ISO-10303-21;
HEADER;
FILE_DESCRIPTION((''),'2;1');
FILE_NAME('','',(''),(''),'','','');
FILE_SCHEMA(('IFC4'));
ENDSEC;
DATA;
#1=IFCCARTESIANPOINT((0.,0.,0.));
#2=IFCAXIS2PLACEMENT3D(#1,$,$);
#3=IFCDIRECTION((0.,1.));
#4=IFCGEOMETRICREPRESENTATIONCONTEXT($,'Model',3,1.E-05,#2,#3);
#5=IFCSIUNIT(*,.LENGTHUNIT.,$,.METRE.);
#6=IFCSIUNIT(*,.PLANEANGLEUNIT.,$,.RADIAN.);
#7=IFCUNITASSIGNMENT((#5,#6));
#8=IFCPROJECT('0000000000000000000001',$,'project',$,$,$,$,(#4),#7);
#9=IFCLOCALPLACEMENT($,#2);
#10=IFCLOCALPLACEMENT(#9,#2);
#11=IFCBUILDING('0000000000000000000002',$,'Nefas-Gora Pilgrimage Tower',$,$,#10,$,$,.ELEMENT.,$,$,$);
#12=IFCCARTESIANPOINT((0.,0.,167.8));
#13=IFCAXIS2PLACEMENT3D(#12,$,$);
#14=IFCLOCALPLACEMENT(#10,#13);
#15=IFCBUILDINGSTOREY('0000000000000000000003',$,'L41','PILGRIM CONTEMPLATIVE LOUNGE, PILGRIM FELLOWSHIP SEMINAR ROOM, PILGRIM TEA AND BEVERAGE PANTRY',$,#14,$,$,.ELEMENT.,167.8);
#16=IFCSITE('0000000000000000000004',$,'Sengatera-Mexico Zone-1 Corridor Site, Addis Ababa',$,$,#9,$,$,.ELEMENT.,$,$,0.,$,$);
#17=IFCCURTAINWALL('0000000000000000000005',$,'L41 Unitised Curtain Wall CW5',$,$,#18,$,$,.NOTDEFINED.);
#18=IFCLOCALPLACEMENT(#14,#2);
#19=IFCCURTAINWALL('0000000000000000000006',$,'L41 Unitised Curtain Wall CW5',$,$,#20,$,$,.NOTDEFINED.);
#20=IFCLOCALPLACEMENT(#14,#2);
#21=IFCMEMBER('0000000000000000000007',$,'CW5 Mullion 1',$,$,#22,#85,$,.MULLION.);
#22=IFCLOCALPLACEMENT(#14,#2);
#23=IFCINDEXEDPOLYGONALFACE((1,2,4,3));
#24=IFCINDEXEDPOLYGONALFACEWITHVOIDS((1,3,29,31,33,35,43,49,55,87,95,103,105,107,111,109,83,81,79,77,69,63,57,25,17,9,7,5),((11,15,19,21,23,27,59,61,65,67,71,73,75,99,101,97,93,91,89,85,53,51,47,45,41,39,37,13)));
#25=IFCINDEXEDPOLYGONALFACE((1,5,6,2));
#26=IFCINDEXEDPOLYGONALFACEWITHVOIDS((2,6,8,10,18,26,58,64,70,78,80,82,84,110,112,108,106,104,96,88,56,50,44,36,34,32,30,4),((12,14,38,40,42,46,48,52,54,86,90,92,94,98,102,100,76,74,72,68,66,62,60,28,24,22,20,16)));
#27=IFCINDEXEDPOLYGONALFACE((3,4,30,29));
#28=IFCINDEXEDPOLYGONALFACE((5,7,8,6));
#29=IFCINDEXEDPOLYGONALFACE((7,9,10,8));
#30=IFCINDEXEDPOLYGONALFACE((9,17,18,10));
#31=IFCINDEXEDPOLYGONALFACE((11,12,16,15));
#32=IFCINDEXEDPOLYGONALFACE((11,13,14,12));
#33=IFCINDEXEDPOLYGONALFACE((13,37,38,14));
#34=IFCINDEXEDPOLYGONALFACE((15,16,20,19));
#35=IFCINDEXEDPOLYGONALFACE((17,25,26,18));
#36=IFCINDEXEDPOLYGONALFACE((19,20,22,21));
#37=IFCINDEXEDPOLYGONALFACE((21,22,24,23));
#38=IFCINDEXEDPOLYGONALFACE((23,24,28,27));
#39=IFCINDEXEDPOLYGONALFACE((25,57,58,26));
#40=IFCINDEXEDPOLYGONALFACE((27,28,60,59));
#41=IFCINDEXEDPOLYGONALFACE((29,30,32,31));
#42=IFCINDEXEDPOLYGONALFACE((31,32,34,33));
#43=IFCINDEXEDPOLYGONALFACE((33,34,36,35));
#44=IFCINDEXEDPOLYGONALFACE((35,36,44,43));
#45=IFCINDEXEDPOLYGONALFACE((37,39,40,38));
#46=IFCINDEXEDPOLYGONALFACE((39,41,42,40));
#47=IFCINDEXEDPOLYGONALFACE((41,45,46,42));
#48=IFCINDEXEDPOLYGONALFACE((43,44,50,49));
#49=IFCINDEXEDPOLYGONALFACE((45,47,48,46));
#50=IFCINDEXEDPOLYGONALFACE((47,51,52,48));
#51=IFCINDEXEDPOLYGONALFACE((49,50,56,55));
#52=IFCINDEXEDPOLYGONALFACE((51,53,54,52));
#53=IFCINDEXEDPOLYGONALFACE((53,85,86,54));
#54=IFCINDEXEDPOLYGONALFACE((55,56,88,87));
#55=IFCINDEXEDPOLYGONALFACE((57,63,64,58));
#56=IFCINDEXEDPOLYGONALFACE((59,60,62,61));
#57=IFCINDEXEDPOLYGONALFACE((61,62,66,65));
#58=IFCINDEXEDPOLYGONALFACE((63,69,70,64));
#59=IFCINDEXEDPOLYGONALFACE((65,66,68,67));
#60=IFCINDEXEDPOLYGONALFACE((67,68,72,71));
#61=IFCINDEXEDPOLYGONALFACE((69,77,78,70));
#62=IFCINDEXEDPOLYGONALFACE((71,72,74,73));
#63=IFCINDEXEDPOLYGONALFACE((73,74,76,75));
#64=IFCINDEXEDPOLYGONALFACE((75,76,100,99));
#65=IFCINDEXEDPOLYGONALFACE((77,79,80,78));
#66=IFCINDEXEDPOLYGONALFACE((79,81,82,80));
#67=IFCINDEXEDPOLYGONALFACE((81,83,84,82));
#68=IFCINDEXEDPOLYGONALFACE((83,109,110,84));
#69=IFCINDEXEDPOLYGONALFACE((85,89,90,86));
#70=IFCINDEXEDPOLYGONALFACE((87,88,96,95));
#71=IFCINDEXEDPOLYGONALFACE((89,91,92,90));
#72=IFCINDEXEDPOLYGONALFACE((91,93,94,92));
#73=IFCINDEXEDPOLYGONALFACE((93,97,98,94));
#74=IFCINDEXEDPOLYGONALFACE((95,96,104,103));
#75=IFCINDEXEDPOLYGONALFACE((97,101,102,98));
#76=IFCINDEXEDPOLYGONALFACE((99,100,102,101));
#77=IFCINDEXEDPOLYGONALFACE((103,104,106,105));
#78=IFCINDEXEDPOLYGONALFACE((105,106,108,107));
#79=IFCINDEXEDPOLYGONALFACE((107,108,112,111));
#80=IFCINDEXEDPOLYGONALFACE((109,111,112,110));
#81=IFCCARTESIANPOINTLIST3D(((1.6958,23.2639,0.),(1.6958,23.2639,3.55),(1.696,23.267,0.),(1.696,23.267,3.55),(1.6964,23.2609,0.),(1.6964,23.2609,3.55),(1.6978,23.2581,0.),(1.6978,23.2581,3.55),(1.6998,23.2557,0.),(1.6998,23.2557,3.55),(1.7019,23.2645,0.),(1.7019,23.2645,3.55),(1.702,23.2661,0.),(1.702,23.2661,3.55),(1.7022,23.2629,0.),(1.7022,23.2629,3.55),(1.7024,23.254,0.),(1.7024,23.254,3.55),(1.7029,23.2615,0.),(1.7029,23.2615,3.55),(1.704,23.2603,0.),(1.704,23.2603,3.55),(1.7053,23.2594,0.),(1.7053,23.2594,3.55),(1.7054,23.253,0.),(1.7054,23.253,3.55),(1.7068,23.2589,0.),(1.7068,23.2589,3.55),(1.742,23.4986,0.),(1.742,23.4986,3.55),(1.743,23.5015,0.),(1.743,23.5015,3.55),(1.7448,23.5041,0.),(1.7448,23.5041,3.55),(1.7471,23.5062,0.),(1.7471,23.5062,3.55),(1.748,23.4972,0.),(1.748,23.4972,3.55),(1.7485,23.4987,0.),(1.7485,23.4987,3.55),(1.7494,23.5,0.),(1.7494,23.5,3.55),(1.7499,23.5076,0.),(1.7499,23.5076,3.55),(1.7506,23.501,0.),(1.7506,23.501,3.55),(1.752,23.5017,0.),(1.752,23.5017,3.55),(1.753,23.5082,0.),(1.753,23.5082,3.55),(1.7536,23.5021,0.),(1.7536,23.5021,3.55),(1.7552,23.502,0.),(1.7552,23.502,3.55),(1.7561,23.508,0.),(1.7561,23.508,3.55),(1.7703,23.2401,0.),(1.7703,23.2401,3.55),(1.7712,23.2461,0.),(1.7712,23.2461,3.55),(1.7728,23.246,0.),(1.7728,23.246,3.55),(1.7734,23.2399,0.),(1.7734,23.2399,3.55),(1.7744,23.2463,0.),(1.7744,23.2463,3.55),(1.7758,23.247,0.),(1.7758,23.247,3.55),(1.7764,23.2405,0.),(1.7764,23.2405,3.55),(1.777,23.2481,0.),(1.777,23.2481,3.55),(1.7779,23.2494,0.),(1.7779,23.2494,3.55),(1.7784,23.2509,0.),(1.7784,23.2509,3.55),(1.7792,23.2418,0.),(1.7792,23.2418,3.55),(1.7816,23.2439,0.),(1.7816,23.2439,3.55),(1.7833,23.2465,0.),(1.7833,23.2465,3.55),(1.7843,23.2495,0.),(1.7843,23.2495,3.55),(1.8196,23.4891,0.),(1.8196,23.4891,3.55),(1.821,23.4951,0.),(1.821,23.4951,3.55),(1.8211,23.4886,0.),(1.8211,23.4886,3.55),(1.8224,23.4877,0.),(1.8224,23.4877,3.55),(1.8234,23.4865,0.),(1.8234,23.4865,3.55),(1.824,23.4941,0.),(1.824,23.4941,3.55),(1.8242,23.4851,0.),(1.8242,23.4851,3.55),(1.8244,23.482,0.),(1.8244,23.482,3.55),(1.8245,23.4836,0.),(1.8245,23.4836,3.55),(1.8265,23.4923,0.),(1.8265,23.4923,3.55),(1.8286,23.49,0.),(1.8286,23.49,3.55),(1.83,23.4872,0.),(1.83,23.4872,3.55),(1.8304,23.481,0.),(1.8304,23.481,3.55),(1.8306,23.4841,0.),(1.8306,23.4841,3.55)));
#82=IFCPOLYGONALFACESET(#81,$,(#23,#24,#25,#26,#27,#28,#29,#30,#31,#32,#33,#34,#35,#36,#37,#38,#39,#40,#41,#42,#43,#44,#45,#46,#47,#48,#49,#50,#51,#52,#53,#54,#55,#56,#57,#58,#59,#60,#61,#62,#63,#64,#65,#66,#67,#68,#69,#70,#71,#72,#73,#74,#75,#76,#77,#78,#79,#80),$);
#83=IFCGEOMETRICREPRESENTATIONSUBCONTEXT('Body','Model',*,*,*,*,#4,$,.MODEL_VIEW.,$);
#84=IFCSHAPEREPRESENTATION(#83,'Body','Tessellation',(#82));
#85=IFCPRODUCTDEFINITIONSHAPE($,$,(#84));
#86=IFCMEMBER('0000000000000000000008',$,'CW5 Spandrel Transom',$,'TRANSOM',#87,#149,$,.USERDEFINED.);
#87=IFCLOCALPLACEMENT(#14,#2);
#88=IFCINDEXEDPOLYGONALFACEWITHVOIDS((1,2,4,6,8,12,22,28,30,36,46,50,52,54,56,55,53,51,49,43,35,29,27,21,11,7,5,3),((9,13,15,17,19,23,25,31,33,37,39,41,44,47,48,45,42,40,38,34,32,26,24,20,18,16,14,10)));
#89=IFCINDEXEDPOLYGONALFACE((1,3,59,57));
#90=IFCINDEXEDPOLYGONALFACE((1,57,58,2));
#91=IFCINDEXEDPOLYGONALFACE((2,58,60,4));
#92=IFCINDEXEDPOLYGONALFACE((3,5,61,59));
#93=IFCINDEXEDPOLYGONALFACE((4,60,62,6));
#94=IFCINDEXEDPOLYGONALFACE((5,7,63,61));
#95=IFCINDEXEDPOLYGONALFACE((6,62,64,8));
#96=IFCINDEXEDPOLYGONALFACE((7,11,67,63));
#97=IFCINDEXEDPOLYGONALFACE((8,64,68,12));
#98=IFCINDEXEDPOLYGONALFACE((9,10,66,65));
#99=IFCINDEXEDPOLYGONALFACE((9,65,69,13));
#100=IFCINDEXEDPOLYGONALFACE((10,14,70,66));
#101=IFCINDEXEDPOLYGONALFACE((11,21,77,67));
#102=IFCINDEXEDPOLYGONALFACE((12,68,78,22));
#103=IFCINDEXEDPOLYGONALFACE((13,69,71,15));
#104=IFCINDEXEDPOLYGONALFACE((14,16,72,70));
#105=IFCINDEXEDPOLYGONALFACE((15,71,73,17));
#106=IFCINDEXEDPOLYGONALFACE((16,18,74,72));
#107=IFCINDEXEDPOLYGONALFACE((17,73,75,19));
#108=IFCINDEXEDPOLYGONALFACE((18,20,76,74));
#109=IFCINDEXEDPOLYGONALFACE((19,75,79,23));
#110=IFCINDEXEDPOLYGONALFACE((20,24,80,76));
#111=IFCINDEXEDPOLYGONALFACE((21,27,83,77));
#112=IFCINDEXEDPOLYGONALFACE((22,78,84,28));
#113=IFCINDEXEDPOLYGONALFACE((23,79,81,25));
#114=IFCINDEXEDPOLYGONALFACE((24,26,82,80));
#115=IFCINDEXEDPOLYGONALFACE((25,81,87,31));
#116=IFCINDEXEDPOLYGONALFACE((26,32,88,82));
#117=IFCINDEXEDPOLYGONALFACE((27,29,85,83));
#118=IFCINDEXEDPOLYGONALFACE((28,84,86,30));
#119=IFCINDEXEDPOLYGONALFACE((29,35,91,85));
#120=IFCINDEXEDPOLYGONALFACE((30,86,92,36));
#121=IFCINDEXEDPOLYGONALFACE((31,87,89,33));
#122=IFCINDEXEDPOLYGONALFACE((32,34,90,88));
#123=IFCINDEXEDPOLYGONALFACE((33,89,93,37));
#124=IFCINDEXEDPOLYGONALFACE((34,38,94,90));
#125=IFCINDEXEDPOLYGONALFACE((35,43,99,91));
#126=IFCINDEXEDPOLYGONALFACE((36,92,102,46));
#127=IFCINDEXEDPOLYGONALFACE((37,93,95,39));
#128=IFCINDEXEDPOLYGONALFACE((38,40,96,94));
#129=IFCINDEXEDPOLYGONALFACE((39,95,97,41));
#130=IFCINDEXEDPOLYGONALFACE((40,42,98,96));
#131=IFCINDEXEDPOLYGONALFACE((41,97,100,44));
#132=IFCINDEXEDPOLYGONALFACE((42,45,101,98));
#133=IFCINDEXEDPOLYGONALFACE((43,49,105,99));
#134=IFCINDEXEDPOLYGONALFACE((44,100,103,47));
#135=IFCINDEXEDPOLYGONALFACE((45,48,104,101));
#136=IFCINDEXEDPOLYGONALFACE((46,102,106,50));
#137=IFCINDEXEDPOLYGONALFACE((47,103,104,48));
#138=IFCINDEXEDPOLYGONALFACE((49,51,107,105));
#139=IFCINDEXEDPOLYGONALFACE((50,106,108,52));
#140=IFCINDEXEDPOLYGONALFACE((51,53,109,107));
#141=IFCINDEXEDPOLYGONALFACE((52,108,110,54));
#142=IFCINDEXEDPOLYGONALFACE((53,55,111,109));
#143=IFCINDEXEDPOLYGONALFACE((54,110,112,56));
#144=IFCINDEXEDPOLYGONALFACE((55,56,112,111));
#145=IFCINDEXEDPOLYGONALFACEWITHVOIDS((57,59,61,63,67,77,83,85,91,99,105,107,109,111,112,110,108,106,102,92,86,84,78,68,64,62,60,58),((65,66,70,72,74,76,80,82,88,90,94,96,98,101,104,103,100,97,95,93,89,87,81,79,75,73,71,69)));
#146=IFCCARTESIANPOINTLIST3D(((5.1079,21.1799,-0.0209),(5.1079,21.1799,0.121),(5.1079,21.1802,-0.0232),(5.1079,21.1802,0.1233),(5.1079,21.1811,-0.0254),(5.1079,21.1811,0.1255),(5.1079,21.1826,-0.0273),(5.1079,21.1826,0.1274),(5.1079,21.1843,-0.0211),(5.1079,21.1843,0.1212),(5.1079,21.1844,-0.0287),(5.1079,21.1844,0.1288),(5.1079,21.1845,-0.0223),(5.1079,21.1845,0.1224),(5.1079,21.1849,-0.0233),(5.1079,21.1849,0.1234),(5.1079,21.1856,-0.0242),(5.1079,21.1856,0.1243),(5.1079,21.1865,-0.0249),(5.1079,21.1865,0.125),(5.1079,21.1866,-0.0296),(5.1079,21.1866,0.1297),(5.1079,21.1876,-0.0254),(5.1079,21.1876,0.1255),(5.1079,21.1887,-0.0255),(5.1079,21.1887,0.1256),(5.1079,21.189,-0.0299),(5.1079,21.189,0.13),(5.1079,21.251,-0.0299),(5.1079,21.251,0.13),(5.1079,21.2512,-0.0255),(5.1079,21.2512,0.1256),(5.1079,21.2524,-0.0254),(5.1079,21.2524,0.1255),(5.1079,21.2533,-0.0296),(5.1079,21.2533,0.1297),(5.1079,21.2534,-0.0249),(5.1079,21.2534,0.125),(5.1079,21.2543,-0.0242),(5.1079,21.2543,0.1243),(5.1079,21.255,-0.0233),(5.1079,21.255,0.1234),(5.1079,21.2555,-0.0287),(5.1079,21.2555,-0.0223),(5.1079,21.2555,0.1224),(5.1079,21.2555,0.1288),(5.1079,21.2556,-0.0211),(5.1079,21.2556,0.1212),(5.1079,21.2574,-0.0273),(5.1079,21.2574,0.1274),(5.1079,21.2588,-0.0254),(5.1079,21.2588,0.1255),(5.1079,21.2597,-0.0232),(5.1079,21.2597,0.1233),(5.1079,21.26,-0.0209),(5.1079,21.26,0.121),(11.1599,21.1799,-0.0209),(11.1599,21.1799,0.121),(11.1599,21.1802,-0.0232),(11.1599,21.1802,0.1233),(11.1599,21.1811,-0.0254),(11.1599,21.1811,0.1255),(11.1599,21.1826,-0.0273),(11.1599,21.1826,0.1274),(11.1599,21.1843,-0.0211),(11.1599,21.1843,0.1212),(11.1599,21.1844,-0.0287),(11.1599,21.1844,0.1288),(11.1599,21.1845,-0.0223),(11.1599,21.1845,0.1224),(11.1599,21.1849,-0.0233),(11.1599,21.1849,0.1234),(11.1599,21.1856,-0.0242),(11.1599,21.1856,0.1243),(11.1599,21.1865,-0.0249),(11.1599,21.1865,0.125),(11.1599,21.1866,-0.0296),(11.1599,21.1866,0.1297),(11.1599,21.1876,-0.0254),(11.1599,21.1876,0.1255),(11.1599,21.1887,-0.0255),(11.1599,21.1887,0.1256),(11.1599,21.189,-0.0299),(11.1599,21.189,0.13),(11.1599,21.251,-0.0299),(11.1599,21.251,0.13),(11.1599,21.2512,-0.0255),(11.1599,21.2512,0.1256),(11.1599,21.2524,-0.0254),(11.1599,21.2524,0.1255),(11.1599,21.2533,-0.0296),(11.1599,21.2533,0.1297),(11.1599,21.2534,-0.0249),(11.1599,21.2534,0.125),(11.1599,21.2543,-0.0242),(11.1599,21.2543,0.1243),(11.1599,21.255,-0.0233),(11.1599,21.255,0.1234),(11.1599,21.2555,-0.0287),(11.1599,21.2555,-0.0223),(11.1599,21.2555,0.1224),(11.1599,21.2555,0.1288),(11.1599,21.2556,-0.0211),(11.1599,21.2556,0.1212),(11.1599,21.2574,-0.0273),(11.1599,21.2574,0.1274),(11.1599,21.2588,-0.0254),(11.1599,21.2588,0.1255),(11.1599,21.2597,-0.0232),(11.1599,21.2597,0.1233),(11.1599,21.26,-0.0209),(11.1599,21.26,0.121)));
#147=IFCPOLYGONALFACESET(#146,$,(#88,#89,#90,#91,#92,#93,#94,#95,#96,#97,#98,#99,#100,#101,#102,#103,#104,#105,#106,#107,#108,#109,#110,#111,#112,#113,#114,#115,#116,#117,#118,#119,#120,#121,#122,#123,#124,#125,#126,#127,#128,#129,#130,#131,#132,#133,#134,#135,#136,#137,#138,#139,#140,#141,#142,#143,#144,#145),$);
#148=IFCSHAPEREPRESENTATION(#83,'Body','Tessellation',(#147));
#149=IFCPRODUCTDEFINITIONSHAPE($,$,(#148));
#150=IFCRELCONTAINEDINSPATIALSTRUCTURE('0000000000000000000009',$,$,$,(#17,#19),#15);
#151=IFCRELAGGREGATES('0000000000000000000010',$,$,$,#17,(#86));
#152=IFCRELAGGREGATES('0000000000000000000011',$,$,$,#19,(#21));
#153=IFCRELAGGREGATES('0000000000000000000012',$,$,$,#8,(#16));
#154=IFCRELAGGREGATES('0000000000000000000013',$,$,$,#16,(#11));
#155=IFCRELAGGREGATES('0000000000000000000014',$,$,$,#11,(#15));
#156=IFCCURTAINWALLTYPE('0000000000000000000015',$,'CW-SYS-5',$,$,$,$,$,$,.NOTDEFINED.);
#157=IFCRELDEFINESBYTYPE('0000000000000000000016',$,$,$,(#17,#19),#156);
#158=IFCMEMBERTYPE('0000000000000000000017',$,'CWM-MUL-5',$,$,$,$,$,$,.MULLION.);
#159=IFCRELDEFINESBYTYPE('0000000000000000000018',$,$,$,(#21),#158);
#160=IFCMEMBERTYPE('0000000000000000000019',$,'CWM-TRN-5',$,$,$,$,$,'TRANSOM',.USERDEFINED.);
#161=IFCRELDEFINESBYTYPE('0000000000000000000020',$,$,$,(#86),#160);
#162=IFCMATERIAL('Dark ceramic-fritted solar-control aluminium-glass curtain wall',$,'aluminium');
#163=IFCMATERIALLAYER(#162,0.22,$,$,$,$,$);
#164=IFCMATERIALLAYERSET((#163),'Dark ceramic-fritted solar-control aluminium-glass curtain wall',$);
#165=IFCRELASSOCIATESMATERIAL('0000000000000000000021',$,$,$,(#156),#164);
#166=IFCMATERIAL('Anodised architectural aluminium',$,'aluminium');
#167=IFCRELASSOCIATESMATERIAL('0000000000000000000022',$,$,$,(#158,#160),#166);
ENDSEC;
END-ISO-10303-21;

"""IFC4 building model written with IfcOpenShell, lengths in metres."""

from ifc_helpers import new_model, si_unit, direction, frame, origin, origin_2d, place, context, subcontext, project, spatial, hollow_rectangle, extrude, source, transform, mapped, material, layer, layer_set, material_profile, profile_set, type_object, element, aggregate, save


model = new_model("IFC4")

# Units and contexts
model_context = context("Model", 3, precision=1e-05, world=origin(), true_north=direction((0.0, 1.0)))
body_context = subcontext(model_context, "Body", "Model", "MODEL_VIEW")
ifc_project = project(units=[si_unit("LENGTHUNIT", "METRE"), si_unit("PLANEANGLEUNIT", "RADIAN")], contexts=[model_context])

# Site, building, storey
site_placement = place(None, origin())
site = spatial("IfcSite", under=ifc_project, at=site_placement, Name="Sengatera-Mexico Zone-1 Corridor Site, Addis Ababa", CompositionType="ELEMENT", RefElevation=0.0)
building_placement = place(site_placement, origin())
building = spatial("IfcBuilding", under=site, at=building_placement, Name="Nefas-Gora Pilgrimage Tower", CompositionType="ELEMENT")
storey_placement = place(building_placement, frame((0.0, 0.0, 167.8)))
storey = spatial("IfcBuildingStorey", under=building, at=storey_placement, Name="L41", Description="PILGRIM CONTEMPLATIVE LOUNGE, PILGRIM FELLOWSHIP SEMINAR ROOM, PILGRIM TEA AND BEVERAGE PANTRY", CompositionType="ELEMENT", Elevation=167.8)

# Curtain wall
ifc_material_1 = material(Name="Dark ceramic-fritted solar-control aluminium-glass curtain wall", Category="aluminium")
ifc_layer_1 = layer(ifc_material_1, 0.22)
ifc_layer_set_1 = layer_set([ifc_layer_1], Name="Dark ceramic-fritted solar-control aluminium-glass curtain wall")
curtain_wall_type = type_object("IfcCurtainWallType", Name="CW-SYS-5", PredefinedType="NOTDEFINED", material=ifc_layer_set_1)
curtain_wall_1_placement = place(storey_placement, origin())
curtain_wall_1 = element("IfcCurtainWall", 1, at=curtain_wall_1_placement, inside=storey, type_object=curtain_wall_type, Name="L41 Unitised Curtain Wall CW5", PredefinedType="NOTDEFINED")
ifc_material_2 = material(Name="Anodised architectural aluminium", Category="aluminium")
ifc_material_profile_1 = material_profile(ifc_material_2, hollow_rectangle(XDim=0.0901, YDim=0.26, WallThickness=0.0061, InnerFilletRadius=0.0061, OuterFilletRadius=0.012, at=origin_2d()), Name="ALU MULLION 90x260")
ifc_profile_set_1 = profile_set([ifc_material_profile_1], Name="Anodised architectural aluminium")
member_type_1 = type_object("IfcMemberType", Name="CWM-MUL-5", PredefinedType="MULLION", material=ifc_profile_set_1)
shared_shape_1 = source(origin(), body_context, "Body", "SweptSolid", [
    extrude(hollow_rectangle(XDim=0.0901, YDim=0.26, WallThickness=0.0061, InnerFilletRadius=0.0061, OuterFilletRadius=0.012, at=origin_2d()), origin(), (0.0, 0.0, 1.0), 3.55),
])

# Curtain wall, member
curtain_wall_2_placement = place(storey_placement, origin())
curtain_wall_2 = element("IfcCurtainWall", 2, at=curtain_wall_2_placement, inside=storey, type_object=curtain_wall_type, Name="L41 Unitised Curtain Wall CW5", PredefinedType="NOTDEFINED")
member_1_placement = place(storey_placement, frame((1.7632, 23.374, 0.0), z_axis=(0.0, 0.0, 1.0), x_axis=(-0.980783, 0.195102, 0.0)))
member_1 = element("IfcMember", 3, at=member_1_placement, type_object=member_type_1, Name="CW5 Mullion 1", PredefinedType="MULLION", context=body_context, shape_type="MappedRepresentation", body=[
    mapped(shared_shape_1, transform((0.0, 0.0, 0.0), x_axis=(1.0, 0.0, 0.0), y_axis=(0.0, 1.0, 0.0), z_axis=(0.0, 0.0, 1.0), scale=1.0)),
])

# Member
ifc_material_profile_2 = material_profile(ifc_material_2, hollow_rectangle(XDim=0.0801, YDim=0.1599, WallThickness=0.0044, InnerFilletRadius=0.0044, OuterFilletRadius=0.009, at=origin_2d()), Name="ALU TRANSOM 80x160")
ifc_profile_set_2 = profile_set([ifc_material_profile_2], Name="Anodised architectural aluminium")
member_type_2 = type_object("IfcMemberType", Name="CWM-TRN-5", ElementType="TRANSOM", PredefinedType="USERDEFINED", material=ifc_profile_set_2)
shared_shape_2 = source(origin(), body_context, "Body", "SweptSolid", [
    extrude(hollow_rectangle(XDim=0.0801, YDim=0.1599, WallThickness=0.0044, InnerFilletRadius=0.0044, OuterFilletRadius=0.009, at=origin_2d()), origin(), (0.0, 0.0, 1.0), 6.052),
])
member_2_placement = place(storey_placement, frame((11.1599, 21.22, 0.05), z_axis=(-1.0, 0.0, 0.0), x_axis=(0.0, -1.0, 0.0)))
member_2 = element("IfcMember", 4, at=member_2_placement, type_object=member_type_2, Name="CW5 Spandrel Transom", ObjectType="TRANSOM", PredefinedType="USERDEFINED", context=body_context, shape_type="MappedRepresentation", body=[
    mapped(shared_shape_2, transform((0.0, 0.0, 0.0), x_axis=(1.0, 0.0, 0.0), y_axis=(0.0, 1.0, 0.0), z_axis=(0.0, 0.0, 1.0), scale=1.0)),
])

aggregate(curtain_wall_1, [member_2])
aggregate(curtain_wall_2, [member_1])

save(model, "model.ifc")
